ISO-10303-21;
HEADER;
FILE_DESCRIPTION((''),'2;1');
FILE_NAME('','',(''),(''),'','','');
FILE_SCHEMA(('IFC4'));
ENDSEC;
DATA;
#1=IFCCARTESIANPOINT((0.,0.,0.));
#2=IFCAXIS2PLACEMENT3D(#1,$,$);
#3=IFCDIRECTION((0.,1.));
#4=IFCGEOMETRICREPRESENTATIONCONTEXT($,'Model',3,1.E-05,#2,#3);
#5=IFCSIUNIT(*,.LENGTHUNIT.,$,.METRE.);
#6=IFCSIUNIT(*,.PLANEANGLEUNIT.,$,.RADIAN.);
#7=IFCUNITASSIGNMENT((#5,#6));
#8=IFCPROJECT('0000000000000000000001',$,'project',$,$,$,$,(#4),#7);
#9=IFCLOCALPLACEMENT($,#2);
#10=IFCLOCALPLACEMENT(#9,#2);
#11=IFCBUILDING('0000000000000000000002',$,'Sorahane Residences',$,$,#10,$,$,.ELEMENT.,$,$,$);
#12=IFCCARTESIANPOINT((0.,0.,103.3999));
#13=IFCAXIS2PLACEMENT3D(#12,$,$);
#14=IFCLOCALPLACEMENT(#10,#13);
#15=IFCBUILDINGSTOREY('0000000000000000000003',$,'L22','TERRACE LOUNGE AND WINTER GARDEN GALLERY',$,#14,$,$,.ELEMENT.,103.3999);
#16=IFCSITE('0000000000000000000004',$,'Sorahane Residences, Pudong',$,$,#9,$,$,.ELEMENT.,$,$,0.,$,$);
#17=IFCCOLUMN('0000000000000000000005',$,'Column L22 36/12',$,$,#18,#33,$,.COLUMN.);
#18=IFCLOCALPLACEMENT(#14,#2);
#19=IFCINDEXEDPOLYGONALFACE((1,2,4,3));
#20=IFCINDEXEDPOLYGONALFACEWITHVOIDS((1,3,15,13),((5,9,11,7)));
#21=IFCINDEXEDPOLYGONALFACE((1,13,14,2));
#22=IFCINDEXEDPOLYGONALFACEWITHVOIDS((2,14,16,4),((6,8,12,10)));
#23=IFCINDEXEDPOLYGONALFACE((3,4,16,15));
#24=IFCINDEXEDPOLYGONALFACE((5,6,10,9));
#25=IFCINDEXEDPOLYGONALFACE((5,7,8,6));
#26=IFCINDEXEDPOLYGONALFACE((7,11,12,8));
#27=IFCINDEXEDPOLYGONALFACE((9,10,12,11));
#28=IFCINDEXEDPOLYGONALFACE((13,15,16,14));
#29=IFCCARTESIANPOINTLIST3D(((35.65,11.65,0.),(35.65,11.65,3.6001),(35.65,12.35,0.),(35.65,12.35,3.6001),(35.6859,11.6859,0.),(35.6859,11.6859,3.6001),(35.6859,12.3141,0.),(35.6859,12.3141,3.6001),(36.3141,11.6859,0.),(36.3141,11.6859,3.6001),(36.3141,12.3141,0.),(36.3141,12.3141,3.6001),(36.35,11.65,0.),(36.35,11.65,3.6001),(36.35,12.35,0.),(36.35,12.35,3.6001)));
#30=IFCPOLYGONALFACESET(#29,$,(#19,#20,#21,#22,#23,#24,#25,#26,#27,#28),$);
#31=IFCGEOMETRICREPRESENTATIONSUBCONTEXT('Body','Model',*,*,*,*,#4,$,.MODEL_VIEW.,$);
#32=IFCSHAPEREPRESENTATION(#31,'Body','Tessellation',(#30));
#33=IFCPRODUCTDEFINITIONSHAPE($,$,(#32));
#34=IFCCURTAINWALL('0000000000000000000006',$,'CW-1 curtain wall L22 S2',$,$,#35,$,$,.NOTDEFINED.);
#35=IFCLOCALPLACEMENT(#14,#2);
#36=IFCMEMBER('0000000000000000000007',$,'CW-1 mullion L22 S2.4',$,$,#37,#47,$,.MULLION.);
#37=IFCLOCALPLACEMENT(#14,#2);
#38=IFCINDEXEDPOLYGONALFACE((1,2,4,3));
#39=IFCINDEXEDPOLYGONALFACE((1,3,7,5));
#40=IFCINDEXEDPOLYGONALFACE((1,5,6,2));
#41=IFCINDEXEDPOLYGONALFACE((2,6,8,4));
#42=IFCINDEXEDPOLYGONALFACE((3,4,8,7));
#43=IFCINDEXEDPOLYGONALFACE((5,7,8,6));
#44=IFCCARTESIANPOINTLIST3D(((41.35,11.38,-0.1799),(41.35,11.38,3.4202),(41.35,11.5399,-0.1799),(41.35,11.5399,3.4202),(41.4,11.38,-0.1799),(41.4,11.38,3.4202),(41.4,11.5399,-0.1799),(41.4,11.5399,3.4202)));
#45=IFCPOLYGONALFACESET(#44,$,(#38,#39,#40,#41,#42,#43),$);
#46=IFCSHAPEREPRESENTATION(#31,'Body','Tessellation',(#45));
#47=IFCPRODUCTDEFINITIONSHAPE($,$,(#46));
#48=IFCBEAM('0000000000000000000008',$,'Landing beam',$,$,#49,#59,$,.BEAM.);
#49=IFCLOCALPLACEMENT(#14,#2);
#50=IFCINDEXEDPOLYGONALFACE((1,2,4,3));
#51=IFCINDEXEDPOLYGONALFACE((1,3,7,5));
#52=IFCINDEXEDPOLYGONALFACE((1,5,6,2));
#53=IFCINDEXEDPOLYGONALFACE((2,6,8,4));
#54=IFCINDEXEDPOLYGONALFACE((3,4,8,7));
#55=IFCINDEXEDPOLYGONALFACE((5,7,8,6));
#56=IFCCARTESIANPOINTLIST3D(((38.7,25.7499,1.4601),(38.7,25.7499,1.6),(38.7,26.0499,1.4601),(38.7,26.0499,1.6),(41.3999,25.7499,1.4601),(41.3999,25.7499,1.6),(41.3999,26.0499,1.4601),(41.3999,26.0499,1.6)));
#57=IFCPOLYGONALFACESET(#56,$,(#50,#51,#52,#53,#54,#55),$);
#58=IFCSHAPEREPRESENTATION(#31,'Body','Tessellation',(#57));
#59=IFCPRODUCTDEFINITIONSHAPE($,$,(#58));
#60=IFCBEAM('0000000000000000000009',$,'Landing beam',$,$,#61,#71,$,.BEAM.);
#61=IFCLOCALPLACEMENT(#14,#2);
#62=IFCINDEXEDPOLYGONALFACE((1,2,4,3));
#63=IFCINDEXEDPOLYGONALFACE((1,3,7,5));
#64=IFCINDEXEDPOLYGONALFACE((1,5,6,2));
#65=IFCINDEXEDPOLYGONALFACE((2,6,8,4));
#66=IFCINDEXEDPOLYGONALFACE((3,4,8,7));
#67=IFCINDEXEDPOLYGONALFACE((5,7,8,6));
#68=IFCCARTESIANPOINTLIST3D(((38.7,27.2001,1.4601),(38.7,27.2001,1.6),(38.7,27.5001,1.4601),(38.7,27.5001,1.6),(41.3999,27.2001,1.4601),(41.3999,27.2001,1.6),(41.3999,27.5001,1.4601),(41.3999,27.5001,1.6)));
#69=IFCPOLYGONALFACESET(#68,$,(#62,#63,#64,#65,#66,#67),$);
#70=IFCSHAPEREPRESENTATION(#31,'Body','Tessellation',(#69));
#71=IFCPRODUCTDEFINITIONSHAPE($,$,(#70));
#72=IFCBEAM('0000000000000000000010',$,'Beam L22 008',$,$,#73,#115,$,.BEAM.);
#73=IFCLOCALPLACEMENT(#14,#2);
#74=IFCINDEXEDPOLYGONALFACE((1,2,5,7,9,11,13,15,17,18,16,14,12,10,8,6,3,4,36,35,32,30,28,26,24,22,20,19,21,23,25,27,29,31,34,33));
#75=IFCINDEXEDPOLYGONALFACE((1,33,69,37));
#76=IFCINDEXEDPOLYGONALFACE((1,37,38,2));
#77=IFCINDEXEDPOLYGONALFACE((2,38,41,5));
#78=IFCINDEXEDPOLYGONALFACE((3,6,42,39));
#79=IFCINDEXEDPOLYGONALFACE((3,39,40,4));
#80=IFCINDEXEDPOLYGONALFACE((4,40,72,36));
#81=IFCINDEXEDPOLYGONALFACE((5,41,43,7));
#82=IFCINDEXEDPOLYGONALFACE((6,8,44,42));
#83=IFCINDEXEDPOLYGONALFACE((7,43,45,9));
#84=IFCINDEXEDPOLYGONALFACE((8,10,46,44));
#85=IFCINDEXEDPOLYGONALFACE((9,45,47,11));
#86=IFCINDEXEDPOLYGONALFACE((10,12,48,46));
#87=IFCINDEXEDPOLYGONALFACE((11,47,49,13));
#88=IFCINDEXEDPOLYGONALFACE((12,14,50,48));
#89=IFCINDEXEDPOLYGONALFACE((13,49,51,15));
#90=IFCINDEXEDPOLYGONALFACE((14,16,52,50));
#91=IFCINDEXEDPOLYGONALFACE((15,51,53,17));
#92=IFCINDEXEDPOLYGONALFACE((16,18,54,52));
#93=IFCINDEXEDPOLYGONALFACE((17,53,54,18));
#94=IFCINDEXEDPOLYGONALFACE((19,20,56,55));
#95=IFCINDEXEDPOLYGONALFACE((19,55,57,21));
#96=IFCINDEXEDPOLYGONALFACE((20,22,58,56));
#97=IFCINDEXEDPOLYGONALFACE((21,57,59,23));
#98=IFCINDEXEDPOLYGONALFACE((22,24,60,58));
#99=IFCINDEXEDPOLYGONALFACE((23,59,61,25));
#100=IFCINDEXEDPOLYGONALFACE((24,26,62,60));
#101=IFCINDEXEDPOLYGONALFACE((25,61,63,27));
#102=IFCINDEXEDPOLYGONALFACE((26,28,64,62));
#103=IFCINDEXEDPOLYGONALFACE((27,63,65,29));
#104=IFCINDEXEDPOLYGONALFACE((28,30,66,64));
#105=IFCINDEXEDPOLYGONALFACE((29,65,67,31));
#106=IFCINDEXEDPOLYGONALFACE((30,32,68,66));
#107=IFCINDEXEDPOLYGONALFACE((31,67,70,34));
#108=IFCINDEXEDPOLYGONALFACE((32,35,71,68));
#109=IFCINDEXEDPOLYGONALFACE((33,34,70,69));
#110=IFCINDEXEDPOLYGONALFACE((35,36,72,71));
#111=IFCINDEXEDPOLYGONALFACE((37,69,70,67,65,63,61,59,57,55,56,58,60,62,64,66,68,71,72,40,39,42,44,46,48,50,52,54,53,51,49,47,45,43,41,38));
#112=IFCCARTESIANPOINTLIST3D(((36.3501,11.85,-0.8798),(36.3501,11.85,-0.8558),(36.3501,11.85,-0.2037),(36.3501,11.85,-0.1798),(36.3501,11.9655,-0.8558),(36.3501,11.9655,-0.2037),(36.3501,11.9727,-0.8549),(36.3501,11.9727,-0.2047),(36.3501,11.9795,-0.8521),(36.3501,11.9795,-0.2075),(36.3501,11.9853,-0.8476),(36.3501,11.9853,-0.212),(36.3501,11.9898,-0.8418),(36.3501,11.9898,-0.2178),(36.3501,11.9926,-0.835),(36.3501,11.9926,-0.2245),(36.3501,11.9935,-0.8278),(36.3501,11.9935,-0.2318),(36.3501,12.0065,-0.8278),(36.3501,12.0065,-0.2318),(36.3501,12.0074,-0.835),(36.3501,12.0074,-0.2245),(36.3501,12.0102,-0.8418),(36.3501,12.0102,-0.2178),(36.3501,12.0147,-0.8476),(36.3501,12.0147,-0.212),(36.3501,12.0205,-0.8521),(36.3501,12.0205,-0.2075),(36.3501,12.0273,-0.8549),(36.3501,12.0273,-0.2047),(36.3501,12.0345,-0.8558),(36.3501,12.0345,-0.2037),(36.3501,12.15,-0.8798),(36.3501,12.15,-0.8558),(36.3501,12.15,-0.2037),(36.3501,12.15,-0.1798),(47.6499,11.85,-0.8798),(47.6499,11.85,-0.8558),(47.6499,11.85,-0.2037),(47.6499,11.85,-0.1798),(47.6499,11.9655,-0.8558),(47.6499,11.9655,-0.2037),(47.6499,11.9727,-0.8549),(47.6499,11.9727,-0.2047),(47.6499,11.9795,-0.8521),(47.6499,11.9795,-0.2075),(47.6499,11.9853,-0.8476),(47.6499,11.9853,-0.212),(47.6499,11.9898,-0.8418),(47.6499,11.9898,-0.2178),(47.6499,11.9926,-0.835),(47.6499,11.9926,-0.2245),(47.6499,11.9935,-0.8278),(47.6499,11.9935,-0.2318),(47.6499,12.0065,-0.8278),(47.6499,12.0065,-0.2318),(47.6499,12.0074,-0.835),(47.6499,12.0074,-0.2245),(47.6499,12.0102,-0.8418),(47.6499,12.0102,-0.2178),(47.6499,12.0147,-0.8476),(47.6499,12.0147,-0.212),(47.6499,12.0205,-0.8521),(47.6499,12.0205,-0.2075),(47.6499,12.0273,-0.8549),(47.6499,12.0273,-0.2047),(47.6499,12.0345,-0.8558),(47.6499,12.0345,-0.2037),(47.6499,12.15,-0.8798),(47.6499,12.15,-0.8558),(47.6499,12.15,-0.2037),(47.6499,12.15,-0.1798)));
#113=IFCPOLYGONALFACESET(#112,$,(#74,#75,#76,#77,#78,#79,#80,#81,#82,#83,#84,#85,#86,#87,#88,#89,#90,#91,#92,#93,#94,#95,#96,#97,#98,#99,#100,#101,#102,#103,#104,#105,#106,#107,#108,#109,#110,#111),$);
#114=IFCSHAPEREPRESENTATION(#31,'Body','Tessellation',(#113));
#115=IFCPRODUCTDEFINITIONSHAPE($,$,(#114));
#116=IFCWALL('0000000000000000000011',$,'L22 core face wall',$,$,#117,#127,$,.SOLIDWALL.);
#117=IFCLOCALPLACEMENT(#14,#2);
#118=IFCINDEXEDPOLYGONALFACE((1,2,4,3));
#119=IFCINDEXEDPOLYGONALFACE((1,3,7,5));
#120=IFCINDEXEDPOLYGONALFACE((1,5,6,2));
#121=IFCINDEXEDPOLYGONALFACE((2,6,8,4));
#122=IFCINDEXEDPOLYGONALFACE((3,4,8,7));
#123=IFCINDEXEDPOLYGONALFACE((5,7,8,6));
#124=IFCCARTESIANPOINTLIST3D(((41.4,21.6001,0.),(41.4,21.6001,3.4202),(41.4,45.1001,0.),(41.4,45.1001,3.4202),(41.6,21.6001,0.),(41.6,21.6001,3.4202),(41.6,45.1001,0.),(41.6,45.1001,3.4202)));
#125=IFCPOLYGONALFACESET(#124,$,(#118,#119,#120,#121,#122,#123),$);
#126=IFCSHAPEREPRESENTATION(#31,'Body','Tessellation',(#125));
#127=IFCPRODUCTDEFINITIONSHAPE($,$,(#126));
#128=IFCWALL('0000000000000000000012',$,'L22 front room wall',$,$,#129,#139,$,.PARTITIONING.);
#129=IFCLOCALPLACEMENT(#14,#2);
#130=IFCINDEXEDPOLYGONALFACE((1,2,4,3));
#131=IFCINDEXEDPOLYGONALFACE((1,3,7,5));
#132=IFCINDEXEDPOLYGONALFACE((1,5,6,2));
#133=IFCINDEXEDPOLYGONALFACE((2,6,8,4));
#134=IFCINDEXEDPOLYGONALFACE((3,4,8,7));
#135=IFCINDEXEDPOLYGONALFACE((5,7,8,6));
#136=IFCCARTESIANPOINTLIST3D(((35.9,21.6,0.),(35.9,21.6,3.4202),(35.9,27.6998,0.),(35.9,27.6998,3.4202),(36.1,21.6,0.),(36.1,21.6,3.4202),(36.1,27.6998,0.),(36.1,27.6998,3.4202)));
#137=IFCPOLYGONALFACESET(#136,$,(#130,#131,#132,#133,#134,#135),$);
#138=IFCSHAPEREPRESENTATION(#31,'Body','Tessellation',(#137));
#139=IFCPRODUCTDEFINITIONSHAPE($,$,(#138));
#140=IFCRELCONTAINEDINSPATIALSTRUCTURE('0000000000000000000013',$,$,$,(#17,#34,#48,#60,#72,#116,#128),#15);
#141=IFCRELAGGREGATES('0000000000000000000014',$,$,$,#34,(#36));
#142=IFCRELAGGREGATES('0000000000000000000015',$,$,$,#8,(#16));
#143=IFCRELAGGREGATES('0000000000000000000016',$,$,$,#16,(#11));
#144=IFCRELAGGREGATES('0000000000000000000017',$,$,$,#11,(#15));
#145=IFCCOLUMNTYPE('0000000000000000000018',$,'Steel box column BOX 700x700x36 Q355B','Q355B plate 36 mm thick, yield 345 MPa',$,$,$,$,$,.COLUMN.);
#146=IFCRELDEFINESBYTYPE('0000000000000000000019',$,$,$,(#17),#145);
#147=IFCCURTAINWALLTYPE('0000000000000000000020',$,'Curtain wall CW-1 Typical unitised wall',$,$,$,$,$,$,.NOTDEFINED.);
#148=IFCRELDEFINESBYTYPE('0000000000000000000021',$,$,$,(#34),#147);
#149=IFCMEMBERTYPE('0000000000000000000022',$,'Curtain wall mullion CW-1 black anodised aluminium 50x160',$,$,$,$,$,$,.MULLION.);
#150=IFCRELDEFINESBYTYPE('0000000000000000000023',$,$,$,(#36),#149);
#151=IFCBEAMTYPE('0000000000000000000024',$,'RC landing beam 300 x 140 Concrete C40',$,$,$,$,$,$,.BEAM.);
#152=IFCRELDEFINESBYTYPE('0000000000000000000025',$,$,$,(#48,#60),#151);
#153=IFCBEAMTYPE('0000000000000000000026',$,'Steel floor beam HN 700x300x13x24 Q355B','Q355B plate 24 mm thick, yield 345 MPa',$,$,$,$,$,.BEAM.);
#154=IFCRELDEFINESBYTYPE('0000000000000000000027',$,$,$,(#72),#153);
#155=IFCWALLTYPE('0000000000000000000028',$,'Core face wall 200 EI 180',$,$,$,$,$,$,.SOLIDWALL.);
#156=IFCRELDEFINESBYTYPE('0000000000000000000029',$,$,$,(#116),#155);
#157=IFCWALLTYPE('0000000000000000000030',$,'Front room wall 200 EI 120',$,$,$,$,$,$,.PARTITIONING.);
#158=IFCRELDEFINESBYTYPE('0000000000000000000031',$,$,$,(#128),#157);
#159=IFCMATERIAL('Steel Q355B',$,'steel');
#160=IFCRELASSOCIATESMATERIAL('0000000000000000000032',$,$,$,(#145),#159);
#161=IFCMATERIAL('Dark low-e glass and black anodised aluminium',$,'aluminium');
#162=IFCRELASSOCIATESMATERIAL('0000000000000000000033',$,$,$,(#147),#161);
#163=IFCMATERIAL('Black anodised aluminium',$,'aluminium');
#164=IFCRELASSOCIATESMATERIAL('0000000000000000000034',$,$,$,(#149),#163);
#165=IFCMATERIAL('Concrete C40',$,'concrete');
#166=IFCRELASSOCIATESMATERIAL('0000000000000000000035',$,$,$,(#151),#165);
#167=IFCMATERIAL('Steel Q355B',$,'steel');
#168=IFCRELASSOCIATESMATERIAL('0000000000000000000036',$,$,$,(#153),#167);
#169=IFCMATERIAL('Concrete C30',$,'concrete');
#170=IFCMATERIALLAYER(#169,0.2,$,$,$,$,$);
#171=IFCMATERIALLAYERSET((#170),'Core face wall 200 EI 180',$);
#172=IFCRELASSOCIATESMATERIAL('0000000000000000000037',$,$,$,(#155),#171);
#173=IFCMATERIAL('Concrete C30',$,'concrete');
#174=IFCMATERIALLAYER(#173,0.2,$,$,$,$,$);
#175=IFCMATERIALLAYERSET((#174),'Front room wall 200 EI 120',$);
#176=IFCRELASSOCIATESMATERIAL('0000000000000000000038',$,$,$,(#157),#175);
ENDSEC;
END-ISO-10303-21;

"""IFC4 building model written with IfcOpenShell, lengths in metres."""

from ifc_helpers import new_model, si_unit, direction, frame, frame_2d, origin, origin_2d, place, context, subcontext, project, spatial, rectangle, hollow_rectangle, i_section, extrude, material, layer, layer_set, material_profile, profile_set, type_object, element, aggregate, save


model = new_model("IFC4")

# Units and contexts
model_context = context("Model", 3, precision=1e-05, world=origin(), true_north=direction((0.0, 1.0)))
body_context = subcontext(model_context, "Body", "Model", "MODEL_VIEW")
ifc_project = project(units=[si_unit("LENGTHUNIT", "METRE"), si_unit("PLANEANGLEUNIT", "RADIAN")], contexts=[model_context])

# Site, building, storey
site_placement = place(None, origin())
site = spatial("IfcSite", under=ifc_project, at=site_placement, Name="Sorahane Residences, Pudong", CompositionType="ELEMENT", RefElevation=0.0)
building_placement = place(site_placement, origin())
building = spatial("IfcBuilding", under=site, at=building_placement, Name="Sorahane Residences", CompositionType="ELEMENT")
storey_placement = place(building_placement, frame((0.0, 0.0, 103.3999)))
storey = spatial("IfcBuildingStorey", under=building, at=storey_placement, Name="L22", Description="TERRACE LOUNGE AND WINTER GARDEN GALLERY", CompositionType="ELEMENT", Elevation=103.3999)

# Column
ifc_material_1 = material(Name="Steel Q355B", Category="steel")
ifc_material_profile_1 = material_profile(ifc_material_1, hollow_rectangle(XDim=0.7, YDim=0.7, WallThickness=0.0359, at=origin_2d()), Name="BOX 700x700x36")
ifc_profile_set_1 = profile_set([ifc_material_profile_1], Name="Steel Q355B")
column_type = type_object("IfcColumnType", Name="Steel box column BOX 700x700x36 Q355B", Description="Q355B plate 36 mm thick, yield 345 MPa", PredefinedType="COLUMN", material=ifc_profile_set_1)
column_placement = place(storey_placement, frame((36.0, 12.0, 0.0), z_axis=(0.0, 0.0, 1.0), x_axis=(1.0, 0.0, 0.0)))
element("IfcColumn", 1, at=column_placement, inside=storey, type_object=column_type, Name="Column L22 36/12", PredefinedType="COLUMN", context=body_context, shape_type="SweptSolid", body=[
    extrude(hollow_rectangle(XDim=0.7, YDim=0.7, WallThickness=0.0359, at=origin_2d()), origin(), (0.0, 0.0, 1.0), 3.6001),
])

# Curtain wall, member
ifc_material_2 = material(Name="Dark low-e glass and black anodised aluminium", Category="aluminium")
curtain_wall_type = type_object("IfcCurtainWallType", Name="Curtain wall CW-1 Typical unitised wall", PredefinedType="NOTDEFINED", material=ifc_material_2)
curtain_wall_placement = place(storey_placement, origin())
curtain_wall = element("IfcCurtainWall", 2, at=curtain_wall_placement, inside=storey, type_object=curtain_wall_type, Name="CW-1 curtain wall L22 S2", PredefinedType="NOTDEFINED")
ifc_material_3 = material(Name="Black anodised aluminium", Category="aluminium")
ifc_material_profile_2 = material_profile(ifc_material_3, rectangle(XDim=0.1599, YDim=0.05, at=origin_2d()), Name="Curtain wall mullion CW-1 black anodised aluminium 50x160")
ifc_profile_set_2 = profile_set([ifc_material_profile_2], Name="Black anodised aluminium")
member_type = type_object("IfcMemberType", Name="Curtain wall mullion CW-1 black anodised aluminium 50x160", PredefinedType="MULLION", material=ifc_profile_set_2)
member_placement = place(storey_placement, frame((41.375, 11.46, -0.1799), z_axis=(0.0, 0.0, 1.0), x_axis=(0.0, -1.0, 0.0)))
member = element("IfcMember", 3, at=member_placement, type_object=member_type, Name="CW-1 mullion L22 S2.4", PredefinedType="MULLION", context=body_context, shape_type="SweptSolid", body=[
    extrude(rectangle(XDim=0.1599, YDim=0.05, at=origin_2d()), origin(), (0.0, 0.0, 1.0), 3.6001),
])
aggregate(curtain_wall, [member])

# Beams
ifc_material_4 = material(Name="Concrete C40", Category="concrete")
ifc_material_profile_3 = material_profile(ifc_material_4, rectangle(XDim=0.3, YDim=0.1399, at=origin_2d()), Name="300x140")
ifc_profile_set_3 = profile_set([ifc_material_profile_3], Name="Concrete C40")
beam_type_1 = type_object("IfcBeamType", Name="RC landing beam 300 x 140 Concrete C40", PredefinedType="BEAM", material=ifc_profile_set_3)
for number, where, z_axis, x_axis, name in (
    (4, (38.7, 25.8999, 1.53), (1.0, 0.0, 0.0), (0.0, 1.0, 0.0), "Landing beam"),
    (5, (38.7, 27.3501, 1.53), (1.0, 0.0, 0.0), (0.0, 1.0, 0.0), "Landing beam"),
):
    element("IfcBeam", number, at=place(storey_placement, frame(where, z_axis=z_axis, x_axis=x_axis)), inside=storey, type_object=beam_type_1, Name=name, PredefinedType="BEAM", context=body_context, shape_type="SweptSolid", body=[
        extrude(rectangle(XDim=0.3, YDim=0.1399, at=origin_2d()), origin(), (0.0, 0.0, 1.0), 2.7),
    ])
ifc_material_5 = material(Name="Steel Q355B", Category="steel")
ifc_material_profile_4 = material_profile(ifc_material_5, i_section(OverallWidth=0.3, OverallDepth=0.7, WebThickness=0.0129, FlangeThickness=0.0239, FilletRadius=0.0281, at=origin_2d()), Name="HN 700x300x13x24")
ifc_profile_set_4 = profile_set([ifc_material_profile_4], Name="Steel Q355B")
beam_type_2 = type_object("IfcBeamType", Name="Steel floor beam HN 700x300x13x24 Q355B", Description="Q355B plate 24 mm thick, yield 345 MPa", PredefinedType="BEAM", material=ifc_profile_set_4)
beam_placement = place(storey_placement, frame((36.3501, 12.0, -0.5298), z_axis=(1.0, 0.0, 0.0), x_axis=(0.0, 1.0, 0.0)))
element("IfcBeam", 6, at=beam_placement, inside=storey, type_object=beam_type_2, Name="Beam L22 008", PredefinedType="BEAM", context=body_context, shape_type="SweptSolid", body=[
    extrude(i_section(OverallWidth=0.3, OverallDepth=0.7, WebThickness=0.0129, FlangeThickness=0.0239, FilletRadius=0.0281, at=origin_2d()), origin(), (0.0, 0.0, 1.0), 11.2998),
])

# Walls
ifc_material_6 = material(Name="Concrete C30", Category="concrete")
ifc_layer_1 = layer(ifc_material_6, 0.2)
ifc_layer_set_1 = layer_set([ifc_layer_1], Name="Core face wall 200 EI 180")
wall_type_1 = type_object("IfcWallType", Name="Core face wall 200 EI 180", PredefinedType="SOLIDWALL", material=ifc_layer_set_1)
wall_1_placement = place(storey_placement, frame((41.5, 21.6001, 0.0), z_axis=(0.0, 0.0, 1.0), x_axis=(0.0, 1.0, 0.0)))
element("IfcWall", 7, at=wall_1_placement, inside=storey, type_object=wall_type_1, Name="L22 core face wall", PredefinedType="SOLIDWALL", context=body_context, shape_type="SweptSolid", body=[
    extrude(rectangle(XDim=23.5, YDim=0.2, at=frame_2d((11.75, 0.0))), origin(), (0.0, 0.0, 1.0), 3.4202),
])
ifc_material_7 = material(Name="Concrete C30", Category="concrete")
ifc_layer_2 = layer(ifc_material_7, 0.2)
ifc_layer_set_2 = layer_set([ifc_layer_2], Name="Front room wall 200 EI 120")
wall_type_2 = type_object("IfcWallType", Name="Front room wall 200 EI 120", PredefinedType="PARTITIONING", material=ifc_layer_set_2)
wall_2_placement = place(storey_placement, frame((36.0, 21.6001, 0.0), z_axis=(0.0, 0.0, 1.0), x_axis=(0.0, 1.0, 0.0)))
element("IfcWall", 8, at=wall_2_placement, inside=storey, type_object=wall_type_2, Name="L22 front room wall", PredefinedType="PARTITIONING", context=body_context, shape_type="SweptSolid", body=[
    extrude(rectangle(XDim=6.0999, YDim=0.2, at=frame_2d((3.0498, 0.0))), origin(), (0.0, 0.0, 1.0), 3.4202),
])

save(model, "model.ifc")
